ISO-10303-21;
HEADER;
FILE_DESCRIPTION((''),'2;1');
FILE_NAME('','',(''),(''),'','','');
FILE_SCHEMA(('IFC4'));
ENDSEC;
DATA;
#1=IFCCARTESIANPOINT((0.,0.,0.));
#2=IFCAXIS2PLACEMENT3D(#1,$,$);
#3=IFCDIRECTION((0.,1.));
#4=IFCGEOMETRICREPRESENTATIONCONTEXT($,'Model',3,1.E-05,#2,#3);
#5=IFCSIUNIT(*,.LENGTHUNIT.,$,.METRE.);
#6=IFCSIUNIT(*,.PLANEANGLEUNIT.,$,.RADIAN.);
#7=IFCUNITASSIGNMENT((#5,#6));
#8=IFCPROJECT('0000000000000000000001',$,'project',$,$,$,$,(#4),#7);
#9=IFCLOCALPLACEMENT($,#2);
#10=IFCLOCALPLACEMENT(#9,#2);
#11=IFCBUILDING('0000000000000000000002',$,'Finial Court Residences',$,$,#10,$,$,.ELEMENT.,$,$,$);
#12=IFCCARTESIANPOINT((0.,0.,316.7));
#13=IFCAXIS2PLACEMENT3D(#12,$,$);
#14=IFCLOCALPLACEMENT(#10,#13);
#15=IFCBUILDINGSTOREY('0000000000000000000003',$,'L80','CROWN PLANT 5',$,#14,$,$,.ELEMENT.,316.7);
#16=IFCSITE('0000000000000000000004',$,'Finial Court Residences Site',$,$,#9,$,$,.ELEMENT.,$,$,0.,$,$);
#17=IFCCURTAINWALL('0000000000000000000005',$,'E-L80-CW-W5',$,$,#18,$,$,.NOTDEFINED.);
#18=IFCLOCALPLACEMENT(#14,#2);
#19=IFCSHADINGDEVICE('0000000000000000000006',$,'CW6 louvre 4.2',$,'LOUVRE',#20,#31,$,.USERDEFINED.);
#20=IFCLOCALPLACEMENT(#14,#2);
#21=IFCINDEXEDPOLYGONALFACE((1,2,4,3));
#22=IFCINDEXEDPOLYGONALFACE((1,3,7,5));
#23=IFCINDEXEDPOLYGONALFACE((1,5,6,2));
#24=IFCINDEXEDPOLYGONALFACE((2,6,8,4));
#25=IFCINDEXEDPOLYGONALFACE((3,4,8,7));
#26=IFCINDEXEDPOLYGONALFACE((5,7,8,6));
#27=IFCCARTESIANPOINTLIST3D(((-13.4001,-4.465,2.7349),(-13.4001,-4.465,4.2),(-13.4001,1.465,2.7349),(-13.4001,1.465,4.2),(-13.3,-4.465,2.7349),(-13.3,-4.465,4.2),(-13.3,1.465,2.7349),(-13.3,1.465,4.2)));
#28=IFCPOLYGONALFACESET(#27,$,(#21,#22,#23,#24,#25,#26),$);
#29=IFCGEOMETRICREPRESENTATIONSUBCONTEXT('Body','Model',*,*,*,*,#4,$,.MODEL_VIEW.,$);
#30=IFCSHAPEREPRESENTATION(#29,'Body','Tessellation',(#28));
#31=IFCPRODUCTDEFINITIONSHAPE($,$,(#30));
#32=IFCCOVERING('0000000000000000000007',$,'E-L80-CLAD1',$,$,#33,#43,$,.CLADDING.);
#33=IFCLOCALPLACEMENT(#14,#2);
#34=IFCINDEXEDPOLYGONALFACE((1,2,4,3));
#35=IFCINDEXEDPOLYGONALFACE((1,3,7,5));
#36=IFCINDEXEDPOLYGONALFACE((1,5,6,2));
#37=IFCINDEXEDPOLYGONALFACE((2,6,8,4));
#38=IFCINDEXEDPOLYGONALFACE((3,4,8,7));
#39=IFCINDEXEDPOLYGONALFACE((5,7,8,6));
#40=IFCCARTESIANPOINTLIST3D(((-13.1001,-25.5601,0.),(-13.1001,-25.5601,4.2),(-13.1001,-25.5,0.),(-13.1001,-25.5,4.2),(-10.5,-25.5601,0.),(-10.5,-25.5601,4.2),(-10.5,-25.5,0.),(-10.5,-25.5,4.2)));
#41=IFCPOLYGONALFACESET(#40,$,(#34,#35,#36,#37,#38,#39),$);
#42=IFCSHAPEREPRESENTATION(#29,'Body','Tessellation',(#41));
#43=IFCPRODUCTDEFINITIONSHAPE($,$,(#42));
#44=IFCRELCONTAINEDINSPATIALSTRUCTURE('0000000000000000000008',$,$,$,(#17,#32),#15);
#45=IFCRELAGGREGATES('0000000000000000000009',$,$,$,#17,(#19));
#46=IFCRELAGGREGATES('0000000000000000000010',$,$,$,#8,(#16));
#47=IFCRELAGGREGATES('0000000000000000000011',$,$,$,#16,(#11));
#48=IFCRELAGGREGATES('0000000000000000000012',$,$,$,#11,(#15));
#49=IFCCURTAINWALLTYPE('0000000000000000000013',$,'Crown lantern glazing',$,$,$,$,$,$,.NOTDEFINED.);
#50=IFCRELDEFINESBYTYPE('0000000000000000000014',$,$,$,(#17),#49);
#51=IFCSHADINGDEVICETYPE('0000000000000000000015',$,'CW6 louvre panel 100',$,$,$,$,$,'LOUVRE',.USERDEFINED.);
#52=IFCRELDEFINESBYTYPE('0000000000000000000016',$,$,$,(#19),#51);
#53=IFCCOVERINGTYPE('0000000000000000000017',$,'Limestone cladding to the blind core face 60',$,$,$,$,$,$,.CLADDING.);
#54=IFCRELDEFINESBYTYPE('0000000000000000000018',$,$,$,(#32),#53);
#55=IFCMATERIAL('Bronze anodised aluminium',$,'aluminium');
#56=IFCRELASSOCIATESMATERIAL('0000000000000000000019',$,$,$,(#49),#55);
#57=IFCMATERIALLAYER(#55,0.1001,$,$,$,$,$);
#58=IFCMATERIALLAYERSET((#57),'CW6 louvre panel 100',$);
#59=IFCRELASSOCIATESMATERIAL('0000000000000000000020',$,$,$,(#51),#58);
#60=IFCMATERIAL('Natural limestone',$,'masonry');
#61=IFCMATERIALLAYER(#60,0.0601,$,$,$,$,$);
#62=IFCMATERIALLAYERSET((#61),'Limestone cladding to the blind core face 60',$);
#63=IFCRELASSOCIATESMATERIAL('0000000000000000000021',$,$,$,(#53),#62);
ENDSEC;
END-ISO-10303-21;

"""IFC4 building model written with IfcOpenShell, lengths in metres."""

from ifc_helpers import new_model, si_unit, direction, frame, origin, origin_2d, place, context, subcontext, project, spatial, polyline, rectangle, outline, extrude, material, layer, layer_set, type_object, element, aggregate, save


model = new_model("IFC4")

# Units and contexts
model_context = context("Model", 3, precision=1e-05, world=origin(), true_north=direction((0.0, 1.0)))
body_context = subcontext(model_context, "Body", "Model", "MODEL_VIEW")
ifc_project = project(units=[si_unit("LENGTHUNIT", "METRE"), si_unit("PLANEANGLEUNIT", "RADIAN")], contexts=[model_context])

# Site, building, storey
site_placement = place(None, origin())
site = spatial("IfcSite", under=ifc_project, at=site_placement, Name="Finial Court Residences Site", CompositionType="ELEMENT", RefElevation=0.0)
building_placement = place(site_placement, origin())
building = spatial("IfcBuilding", under=site, at=building_placement, Name="Finial Court Residences", CompositionType="ELEMENT")
storey_placement = place(building_placement, frame((0.0, 0.0, 316.7)))
storey = spatial("IfcBuildingStorey", under=building, at=storey_placement, Name="L80", Description="CROWN PLANT 5", CompositionType="ELEMENT", Elevation=316.7)

# Curtain wall
ifc_material_1 = material(Name="Bronze anodised aluminium", Category="aluminium")
curtain_wall_type = type_object("IfcCurtainWallType", Name="Crown lantern glazing", PredefinedType="NOTDEFINED", material=ifc_material_1)
curtain_wall_placement = place(storey_placement, origin())
curtain_wall = element("IfcCurtainWall", 1, at=curtain_wall_placement, inside=storey, type_object=curtain_wall_type, Name="E-L80-CW-W5", PredefinedType="NOTDEFINED")

# Shading device
ifc_layer_1 = layer(ifc_material_1, 0.1001)
ifc_layer_set_1 = layer_set([ifc_layer_1], Name="CW6 louvre panel 100")
shading_device_type = type_object("IfcShadingDeviceType", Name="CW6 louvre panel 100", ElementType="LOUVRE", PredefinedType="USERDEFINED", material=ifc_layer_set_1)
shading_device_placement = place(storey_placement, frame((-13.3501, -1.5, 2.7349), z_axis=(0.0, 0.0, 1.0), x_axis=(0.0, 1.0, 0.0)))
shading_device = element("IfcShadingDevice", 2, at=shading_device_placement, type_object=shading_device_type, Name="CW6 louvre 4.2", ObjectType="LOUVRE", PredefinedType="USERDEFINED", context=body_context, shape_type="SweptSolid", body=[
    extrude(rectangle(XDim=5.9299, YDim=0.1001, at=origin_2d()), origin(), (0.0, 0.0, 1.0), 1.4651),
])
aggregate(curtain_wall, [shading_device])

# Covering
ifc_material_2 = material(Name="Natural limestone", Category="masonry")
ifc_layer_2 = layer(ifc_material_2, 0.0601)
ifc_layer_set_2 = layer_set([ifc_layer_2], Name="Limestone cladding to the blind core face 60")
covering_type = type_object("IfcCoveringType", Name="Limestone cladding to the blind core face 60", PredefinedType="CLADDING", material=ifc_layer_set_2)
covering_placement = place(storey_placement, origin())
element("IfcCovering", 3, at=covering_placement, inside=storey, type_object=covering_type, Name="E-L80-CLAD1", PredefinedType="CLADDING", context=body_context, shape_type="SweptSolid", body=[
    extrude(outline(polyline([(-10.5, -25.5601), (-10.5, -25.5), (-13.1001, -25.5), (-13.1001, -25.5601), (-10.5, -25.5601)])), origin(), (0.0, 0.0, 1.0), 4.2),
])

save(model, "model.ifc")
